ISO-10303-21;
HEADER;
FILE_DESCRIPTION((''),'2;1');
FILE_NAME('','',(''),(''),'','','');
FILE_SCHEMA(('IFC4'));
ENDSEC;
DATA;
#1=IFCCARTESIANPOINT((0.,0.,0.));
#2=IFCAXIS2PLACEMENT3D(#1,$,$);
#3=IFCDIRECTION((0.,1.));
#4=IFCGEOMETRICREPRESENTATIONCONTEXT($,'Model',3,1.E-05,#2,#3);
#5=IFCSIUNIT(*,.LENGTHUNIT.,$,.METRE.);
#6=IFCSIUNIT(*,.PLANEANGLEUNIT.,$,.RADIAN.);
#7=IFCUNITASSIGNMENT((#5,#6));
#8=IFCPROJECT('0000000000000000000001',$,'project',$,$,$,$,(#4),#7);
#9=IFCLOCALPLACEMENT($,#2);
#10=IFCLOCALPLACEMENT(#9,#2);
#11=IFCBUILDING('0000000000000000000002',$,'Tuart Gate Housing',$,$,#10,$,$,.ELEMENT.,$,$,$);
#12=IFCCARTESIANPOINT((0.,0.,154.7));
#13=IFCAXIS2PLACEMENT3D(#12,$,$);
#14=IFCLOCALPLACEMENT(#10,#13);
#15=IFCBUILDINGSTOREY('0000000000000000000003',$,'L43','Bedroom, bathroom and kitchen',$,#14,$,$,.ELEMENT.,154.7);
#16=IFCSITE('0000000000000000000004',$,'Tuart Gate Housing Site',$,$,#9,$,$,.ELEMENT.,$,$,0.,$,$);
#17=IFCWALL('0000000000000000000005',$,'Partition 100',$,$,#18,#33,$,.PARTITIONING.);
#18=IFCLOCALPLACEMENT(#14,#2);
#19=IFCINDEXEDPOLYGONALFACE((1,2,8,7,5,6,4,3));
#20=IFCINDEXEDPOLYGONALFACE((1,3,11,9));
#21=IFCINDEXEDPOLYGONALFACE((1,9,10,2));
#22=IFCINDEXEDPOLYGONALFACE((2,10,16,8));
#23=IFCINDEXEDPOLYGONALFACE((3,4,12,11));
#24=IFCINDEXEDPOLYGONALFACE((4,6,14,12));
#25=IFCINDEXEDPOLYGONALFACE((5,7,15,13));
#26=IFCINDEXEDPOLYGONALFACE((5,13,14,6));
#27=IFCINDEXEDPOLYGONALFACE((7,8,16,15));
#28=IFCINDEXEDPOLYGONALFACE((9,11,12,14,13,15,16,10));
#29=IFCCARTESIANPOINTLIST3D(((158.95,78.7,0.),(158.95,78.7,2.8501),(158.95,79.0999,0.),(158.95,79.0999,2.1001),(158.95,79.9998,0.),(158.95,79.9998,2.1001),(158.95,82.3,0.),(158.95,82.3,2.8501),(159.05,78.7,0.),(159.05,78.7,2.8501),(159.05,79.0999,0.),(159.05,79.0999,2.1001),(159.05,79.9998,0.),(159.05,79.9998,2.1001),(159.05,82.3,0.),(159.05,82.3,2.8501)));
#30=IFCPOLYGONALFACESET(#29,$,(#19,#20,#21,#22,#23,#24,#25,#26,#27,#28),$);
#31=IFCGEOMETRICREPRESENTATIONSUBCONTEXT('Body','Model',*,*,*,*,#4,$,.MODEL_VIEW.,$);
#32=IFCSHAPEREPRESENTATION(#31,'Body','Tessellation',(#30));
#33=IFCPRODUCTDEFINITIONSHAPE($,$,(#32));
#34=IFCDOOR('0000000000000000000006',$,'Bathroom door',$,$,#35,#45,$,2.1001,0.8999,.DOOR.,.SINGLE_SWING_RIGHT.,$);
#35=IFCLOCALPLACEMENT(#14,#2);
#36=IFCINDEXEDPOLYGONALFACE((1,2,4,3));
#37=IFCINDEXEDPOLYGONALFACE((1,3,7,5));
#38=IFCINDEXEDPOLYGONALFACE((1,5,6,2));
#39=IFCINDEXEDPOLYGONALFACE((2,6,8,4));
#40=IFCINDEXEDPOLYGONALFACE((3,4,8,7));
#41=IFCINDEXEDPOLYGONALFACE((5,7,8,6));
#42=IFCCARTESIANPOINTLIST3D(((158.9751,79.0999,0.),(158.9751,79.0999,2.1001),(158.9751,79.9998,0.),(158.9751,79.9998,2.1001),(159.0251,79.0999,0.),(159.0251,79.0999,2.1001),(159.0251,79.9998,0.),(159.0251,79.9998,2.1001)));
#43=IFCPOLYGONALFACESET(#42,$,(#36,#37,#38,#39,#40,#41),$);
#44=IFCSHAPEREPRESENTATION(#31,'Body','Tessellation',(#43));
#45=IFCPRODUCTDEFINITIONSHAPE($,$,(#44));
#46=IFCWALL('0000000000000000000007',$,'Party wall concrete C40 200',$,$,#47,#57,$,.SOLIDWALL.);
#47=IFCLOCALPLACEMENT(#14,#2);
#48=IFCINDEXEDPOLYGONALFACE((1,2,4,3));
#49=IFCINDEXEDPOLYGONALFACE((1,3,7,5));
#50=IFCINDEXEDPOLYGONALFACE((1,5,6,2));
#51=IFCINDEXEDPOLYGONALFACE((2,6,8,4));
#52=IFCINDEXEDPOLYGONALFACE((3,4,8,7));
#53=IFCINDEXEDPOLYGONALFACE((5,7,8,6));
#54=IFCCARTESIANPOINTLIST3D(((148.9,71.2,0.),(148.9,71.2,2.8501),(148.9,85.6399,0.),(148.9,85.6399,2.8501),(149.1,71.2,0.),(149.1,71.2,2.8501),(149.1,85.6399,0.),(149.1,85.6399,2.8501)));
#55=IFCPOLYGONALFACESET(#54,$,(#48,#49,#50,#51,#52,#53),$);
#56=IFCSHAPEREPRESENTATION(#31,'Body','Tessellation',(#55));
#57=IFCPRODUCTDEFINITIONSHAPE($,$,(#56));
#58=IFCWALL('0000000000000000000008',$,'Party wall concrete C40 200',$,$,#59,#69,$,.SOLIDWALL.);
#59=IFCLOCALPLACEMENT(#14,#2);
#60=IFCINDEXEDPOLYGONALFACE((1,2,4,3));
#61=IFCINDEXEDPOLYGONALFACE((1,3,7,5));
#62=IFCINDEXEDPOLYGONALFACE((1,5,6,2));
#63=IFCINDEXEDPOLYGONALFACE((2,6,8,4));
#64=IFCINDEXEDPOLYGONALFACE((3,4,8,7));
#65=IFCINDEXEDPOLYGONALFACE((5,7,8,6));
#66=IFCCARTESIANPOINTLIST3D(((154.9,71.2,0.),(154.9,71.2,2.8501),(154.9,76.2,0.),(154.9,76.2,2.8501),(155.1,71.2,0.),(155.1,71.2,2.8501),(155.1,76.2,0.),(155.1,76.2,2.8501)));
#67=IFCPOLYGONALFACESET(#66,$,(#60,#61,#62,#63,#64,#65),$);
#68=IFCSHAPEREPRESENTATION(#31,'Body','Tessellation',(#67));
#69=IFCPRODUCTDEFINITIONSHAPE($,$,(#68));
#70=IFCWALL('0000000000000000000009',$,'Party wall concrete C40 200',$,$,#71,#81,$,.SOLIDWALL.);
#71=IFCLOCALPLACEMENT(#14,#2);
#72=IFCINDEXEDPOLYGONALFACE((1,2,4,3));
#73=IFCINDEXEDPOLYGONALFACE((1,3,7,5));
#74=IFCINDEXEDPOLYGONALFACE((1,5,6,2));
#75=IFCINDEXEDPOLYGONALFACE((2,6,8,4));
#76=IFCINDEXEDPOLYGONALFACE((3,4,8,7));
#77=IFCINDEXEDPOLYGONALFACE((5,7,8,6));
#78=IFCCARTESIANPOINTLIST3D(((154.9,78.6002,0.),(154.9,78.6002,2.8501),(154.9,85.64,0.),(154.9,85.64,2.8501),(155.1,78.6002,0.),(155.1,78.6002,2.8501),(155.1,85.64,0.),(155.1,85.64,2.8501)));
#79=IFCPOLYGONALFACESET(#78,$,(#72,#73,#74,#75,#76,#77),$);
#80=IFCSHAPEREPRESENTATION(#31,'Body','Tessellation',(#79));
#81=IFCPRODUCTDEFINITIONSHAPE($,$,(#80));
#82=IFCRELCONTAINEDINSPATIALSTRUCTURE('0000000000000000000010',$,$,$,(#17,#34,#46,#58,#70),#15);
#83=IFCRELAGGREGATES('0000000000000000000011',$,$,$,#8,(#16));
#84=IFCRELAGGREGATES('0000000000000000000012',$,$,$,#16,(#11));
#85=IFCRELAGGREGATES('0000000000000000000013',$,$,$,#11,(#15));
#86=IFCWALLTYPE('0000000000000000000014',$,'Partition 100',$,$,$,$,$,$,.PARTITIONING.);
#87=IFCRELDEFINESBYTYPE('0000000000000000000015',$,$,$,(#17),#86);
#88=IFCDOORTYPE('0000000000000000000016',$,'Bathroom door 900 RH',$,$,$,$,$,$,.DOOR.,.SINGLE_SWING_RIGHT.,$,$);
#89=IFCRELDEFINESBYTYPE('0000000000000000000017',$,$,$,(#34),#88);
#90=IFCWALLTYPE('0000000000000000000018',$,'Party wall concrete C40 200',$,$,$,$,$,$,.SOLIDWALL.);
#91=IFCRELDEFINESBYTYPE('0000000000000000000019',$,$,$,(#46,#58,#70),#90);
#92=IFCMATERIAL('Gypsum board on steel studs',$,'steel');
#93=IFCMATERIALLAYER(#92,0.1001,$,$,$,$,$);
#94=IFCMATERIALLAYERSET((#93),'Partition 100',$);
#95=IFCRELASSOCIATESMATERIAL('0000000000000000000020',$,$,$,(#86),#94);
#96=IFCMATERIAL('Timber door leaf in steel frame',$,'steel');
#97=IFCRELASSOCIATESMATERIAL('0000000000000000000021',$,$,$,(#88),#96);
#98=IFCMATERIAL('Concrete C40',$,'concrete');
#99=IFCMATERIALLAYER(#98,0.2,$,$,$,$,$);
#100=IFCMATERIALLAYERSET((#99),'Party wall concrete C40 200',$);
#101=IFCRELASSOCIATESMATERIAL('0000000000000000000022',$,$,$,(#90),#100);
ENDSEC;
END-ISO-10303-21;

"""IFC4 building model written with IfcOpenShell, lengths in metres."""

from ifc_helpers import new_model, si_unit, direction, frame, frame_2d, origin, place, context, subcontext, project, spatial, rectangle, extrude, material, layer, layer_set, type_object, element, fill, save


model = new_model("IFC4")

# Units and contexts
model_context = context("Model", 3, precision=1e-05, world=origin(), true_north=direction((0.0, 1.0)))
body_context = subcontext(model_context, "Body", "Model", "MODEL_VIEW")
ifc_project = project(units=[si_unit("LENGTHUNIT", "METRE"), si_unit("PLANEANGLEUNIT", "RADIAN")], contexts=[model_context])

# Site, building, storey
site_placement = place(None, origin())
site = spatial("IfcSite", under=ifc_project, at=site_placement, Name="Tuart Gate Housing Site", CompositionType="ELEMENT", RefElevation=0.0)
building_placement = place(site_placement, origin())
building = spatial("IfcBuilding", under=site, at=building_placement, Name="Tuart Gate Housing", CompositionType="ELEMENT")
storey_placement = place(building_placement, frame((0.0, 0.0, 154.7)))
storey = spatial("IfcBuildingStorey", under=building, at=storey_placement, Name="L43", Description="Bedroom, bathroom and kitchen", CompositionType="ELEMENT", Elevation=154.7)

# Shared definitions
ifc_material_1 = material(Name="Gypsum board on steel studs", Category="steel")
ifc_layer_1 = layer(ifc_material_1, 0.1001)
ifc_layer_set_1 = layer_set([ifc_layer_1], Name="Partition 100")
wall_type_1 = type_object("IfcWallType", Name="Partition 100", PredefinedType="PARTITIONING", material=ifc_layer_set_1)

# Wall, opening, door
wall_1_placement = place(storey_placement, frame((159.0, 78.7, 0.0), z_axis=(0.0, 0.0, 1.0), x_axis=(0.0, 1.0, 0.0)))
wall_1 = element("IfcWall", 1, at=wall_1_placement, inside=storey, type_object=wall_type_1, Name="Partition 100", PredefinedType="PARTITIONING", context=body_context, shape_type="SweptSolid", body=[
    extrude(rectangle(XDim=3.6001, YDim=0.1001, at=frame_2d((1.8, 0.0))), origin(), (0.0, 0.0, 1.0), 2.8501),
])
opening_1_placement = place(wall_1_placement, frame((0.3999, 0.0, 0.0)))
opening_1 = element("IfcOpeningElement", 2, at=opening_1_placement, cuts=wall_1, PredefinedType="OPENING", context=body_context, shape_type="SweptSolid", body=[
    extrude(rectangle(XDim=0.8999, YDim=2.1001, at=frame_2d((0.45, 1.05))), frame((0.0, 0.0601, 0.0), z_axis=(0.0, -1.0, 0.0), x_axis=(1.0, 0.0, 0.0)), (0.0, 0.0, 1.0), 0.1201),
])
ifc_material_2 = material(Name="Timber door leaf in steel frame", Category="steel")
door_type_1 = type_object("IfcDoorType", Name="Bathroom door 900 RH", OperationType="SINGLE_SWING_RIGHT", PredefinedType="DOOR", material=ifc_material_2)
door_1_placement = place(opening_1_placement, frame((0.8999, 0.0, 0.0), z_axis=(0.0, 0.0, 1.0), x_axis=(-1.0, 0.0, 0.0)))
door_1 = element("IfcDoor", 3, at=door_1_placement, inside=storey, type_object=door_type_1, Name="Bathroom door", OperationType="SINGLE_SWING_RIGHT", OverallHeight=2.1001, OverallWidth=0.8999, PredefinedType="DOOR", context=body_context, shape_type="SweptSolid", body=[
    extrude(rectangle(XDim=0.8999, YDim=2.1001, at=frame_2d((0.45, 1.05))), frame((0.0, 0.0251, 0.0), z_axis=(0.0, -1.0, 0.0), x_axis=(1.0, 0.0, 0.0)), (0.0, 0.0, 1.0), 0.05),
])
fill(opening_1, door_1)

# Walls
ifc_material_3 = material(Name="Concrete C40", Category="concrete")
ifc_layer_2 = layer(ifc_material_3, 0.2)
ifc_layer_set_2 = layer_set([ifc_layer_2], Name="Party wall concrete C40 200")
wall_type_2 = type_object("IfcWallType", Name="Party wall concrete C40 200", PredefinedType="SOLIDWALL", material=ifc_layer_set_2)
wall_2_placement = place(storey_placement, frame((149.0, 71.2, 0.0), z_axis=(0.0, 0.0, 1.0), x_axis=(0.0, 1.0, 0.0)))
element("IfcWall", 4, at=wall_2_placement, inside=storey, type_object=wall_type_2, Name="Party wall concrete C40 200", PredefinedType="SOLIDWALL", context=body_context, shape_type="SweptSolid", body=[
    extrude(rectangle(XDim=14.4399, YDim=0.2, at=frame_2d((7.22, 0.0))), origin(), (0.0, 0.0, 1.0), 2.8501),
])
wall_3_placement = place(storey_placement, frame((155.0, 71.2, 0.0), z_axis=(0.0, 0.0, 1.0), x_axis=(0.0, 1.0, 0.0)))
element("IfcWall", 5, at=wall_3_placement, inside=storey, type_object=wall_type_2, Name="Party wall concrete C40 200", PredefinedType="SOLIDWALL", context=body_context, shape_type="SweptSolid", body=[
    extrude(rectangle(XDim=5.0, YDim=0.2, at=frame_2d((2.5, 0.0))), origin(), (0.0, 0.0, 1.0), 2.8501),
])
wall_4_placement = place(storey_placement, frame((155.0, 78.6001, 0.0), z_axis=(0.0, 0.0, 1.0), x_axis=(0.0, 1.0, 0.0)))
element("IfcWall", 6, at=wall_4_placement, inside=storey, type_object=wall_type_2, Name="Party wall concrete C40 200", PredefinedType="SOLIDWALL", context=body_context, shape_type="SweptSolid", body=[
    extrude(rectangle(XDim=7.0398, YDim=0.2, at=frame_2d((3.52, 0.0))), origin(), (0.0, 0.0, 1.0), 2.8501),
])

save(model, "model.ifc")
